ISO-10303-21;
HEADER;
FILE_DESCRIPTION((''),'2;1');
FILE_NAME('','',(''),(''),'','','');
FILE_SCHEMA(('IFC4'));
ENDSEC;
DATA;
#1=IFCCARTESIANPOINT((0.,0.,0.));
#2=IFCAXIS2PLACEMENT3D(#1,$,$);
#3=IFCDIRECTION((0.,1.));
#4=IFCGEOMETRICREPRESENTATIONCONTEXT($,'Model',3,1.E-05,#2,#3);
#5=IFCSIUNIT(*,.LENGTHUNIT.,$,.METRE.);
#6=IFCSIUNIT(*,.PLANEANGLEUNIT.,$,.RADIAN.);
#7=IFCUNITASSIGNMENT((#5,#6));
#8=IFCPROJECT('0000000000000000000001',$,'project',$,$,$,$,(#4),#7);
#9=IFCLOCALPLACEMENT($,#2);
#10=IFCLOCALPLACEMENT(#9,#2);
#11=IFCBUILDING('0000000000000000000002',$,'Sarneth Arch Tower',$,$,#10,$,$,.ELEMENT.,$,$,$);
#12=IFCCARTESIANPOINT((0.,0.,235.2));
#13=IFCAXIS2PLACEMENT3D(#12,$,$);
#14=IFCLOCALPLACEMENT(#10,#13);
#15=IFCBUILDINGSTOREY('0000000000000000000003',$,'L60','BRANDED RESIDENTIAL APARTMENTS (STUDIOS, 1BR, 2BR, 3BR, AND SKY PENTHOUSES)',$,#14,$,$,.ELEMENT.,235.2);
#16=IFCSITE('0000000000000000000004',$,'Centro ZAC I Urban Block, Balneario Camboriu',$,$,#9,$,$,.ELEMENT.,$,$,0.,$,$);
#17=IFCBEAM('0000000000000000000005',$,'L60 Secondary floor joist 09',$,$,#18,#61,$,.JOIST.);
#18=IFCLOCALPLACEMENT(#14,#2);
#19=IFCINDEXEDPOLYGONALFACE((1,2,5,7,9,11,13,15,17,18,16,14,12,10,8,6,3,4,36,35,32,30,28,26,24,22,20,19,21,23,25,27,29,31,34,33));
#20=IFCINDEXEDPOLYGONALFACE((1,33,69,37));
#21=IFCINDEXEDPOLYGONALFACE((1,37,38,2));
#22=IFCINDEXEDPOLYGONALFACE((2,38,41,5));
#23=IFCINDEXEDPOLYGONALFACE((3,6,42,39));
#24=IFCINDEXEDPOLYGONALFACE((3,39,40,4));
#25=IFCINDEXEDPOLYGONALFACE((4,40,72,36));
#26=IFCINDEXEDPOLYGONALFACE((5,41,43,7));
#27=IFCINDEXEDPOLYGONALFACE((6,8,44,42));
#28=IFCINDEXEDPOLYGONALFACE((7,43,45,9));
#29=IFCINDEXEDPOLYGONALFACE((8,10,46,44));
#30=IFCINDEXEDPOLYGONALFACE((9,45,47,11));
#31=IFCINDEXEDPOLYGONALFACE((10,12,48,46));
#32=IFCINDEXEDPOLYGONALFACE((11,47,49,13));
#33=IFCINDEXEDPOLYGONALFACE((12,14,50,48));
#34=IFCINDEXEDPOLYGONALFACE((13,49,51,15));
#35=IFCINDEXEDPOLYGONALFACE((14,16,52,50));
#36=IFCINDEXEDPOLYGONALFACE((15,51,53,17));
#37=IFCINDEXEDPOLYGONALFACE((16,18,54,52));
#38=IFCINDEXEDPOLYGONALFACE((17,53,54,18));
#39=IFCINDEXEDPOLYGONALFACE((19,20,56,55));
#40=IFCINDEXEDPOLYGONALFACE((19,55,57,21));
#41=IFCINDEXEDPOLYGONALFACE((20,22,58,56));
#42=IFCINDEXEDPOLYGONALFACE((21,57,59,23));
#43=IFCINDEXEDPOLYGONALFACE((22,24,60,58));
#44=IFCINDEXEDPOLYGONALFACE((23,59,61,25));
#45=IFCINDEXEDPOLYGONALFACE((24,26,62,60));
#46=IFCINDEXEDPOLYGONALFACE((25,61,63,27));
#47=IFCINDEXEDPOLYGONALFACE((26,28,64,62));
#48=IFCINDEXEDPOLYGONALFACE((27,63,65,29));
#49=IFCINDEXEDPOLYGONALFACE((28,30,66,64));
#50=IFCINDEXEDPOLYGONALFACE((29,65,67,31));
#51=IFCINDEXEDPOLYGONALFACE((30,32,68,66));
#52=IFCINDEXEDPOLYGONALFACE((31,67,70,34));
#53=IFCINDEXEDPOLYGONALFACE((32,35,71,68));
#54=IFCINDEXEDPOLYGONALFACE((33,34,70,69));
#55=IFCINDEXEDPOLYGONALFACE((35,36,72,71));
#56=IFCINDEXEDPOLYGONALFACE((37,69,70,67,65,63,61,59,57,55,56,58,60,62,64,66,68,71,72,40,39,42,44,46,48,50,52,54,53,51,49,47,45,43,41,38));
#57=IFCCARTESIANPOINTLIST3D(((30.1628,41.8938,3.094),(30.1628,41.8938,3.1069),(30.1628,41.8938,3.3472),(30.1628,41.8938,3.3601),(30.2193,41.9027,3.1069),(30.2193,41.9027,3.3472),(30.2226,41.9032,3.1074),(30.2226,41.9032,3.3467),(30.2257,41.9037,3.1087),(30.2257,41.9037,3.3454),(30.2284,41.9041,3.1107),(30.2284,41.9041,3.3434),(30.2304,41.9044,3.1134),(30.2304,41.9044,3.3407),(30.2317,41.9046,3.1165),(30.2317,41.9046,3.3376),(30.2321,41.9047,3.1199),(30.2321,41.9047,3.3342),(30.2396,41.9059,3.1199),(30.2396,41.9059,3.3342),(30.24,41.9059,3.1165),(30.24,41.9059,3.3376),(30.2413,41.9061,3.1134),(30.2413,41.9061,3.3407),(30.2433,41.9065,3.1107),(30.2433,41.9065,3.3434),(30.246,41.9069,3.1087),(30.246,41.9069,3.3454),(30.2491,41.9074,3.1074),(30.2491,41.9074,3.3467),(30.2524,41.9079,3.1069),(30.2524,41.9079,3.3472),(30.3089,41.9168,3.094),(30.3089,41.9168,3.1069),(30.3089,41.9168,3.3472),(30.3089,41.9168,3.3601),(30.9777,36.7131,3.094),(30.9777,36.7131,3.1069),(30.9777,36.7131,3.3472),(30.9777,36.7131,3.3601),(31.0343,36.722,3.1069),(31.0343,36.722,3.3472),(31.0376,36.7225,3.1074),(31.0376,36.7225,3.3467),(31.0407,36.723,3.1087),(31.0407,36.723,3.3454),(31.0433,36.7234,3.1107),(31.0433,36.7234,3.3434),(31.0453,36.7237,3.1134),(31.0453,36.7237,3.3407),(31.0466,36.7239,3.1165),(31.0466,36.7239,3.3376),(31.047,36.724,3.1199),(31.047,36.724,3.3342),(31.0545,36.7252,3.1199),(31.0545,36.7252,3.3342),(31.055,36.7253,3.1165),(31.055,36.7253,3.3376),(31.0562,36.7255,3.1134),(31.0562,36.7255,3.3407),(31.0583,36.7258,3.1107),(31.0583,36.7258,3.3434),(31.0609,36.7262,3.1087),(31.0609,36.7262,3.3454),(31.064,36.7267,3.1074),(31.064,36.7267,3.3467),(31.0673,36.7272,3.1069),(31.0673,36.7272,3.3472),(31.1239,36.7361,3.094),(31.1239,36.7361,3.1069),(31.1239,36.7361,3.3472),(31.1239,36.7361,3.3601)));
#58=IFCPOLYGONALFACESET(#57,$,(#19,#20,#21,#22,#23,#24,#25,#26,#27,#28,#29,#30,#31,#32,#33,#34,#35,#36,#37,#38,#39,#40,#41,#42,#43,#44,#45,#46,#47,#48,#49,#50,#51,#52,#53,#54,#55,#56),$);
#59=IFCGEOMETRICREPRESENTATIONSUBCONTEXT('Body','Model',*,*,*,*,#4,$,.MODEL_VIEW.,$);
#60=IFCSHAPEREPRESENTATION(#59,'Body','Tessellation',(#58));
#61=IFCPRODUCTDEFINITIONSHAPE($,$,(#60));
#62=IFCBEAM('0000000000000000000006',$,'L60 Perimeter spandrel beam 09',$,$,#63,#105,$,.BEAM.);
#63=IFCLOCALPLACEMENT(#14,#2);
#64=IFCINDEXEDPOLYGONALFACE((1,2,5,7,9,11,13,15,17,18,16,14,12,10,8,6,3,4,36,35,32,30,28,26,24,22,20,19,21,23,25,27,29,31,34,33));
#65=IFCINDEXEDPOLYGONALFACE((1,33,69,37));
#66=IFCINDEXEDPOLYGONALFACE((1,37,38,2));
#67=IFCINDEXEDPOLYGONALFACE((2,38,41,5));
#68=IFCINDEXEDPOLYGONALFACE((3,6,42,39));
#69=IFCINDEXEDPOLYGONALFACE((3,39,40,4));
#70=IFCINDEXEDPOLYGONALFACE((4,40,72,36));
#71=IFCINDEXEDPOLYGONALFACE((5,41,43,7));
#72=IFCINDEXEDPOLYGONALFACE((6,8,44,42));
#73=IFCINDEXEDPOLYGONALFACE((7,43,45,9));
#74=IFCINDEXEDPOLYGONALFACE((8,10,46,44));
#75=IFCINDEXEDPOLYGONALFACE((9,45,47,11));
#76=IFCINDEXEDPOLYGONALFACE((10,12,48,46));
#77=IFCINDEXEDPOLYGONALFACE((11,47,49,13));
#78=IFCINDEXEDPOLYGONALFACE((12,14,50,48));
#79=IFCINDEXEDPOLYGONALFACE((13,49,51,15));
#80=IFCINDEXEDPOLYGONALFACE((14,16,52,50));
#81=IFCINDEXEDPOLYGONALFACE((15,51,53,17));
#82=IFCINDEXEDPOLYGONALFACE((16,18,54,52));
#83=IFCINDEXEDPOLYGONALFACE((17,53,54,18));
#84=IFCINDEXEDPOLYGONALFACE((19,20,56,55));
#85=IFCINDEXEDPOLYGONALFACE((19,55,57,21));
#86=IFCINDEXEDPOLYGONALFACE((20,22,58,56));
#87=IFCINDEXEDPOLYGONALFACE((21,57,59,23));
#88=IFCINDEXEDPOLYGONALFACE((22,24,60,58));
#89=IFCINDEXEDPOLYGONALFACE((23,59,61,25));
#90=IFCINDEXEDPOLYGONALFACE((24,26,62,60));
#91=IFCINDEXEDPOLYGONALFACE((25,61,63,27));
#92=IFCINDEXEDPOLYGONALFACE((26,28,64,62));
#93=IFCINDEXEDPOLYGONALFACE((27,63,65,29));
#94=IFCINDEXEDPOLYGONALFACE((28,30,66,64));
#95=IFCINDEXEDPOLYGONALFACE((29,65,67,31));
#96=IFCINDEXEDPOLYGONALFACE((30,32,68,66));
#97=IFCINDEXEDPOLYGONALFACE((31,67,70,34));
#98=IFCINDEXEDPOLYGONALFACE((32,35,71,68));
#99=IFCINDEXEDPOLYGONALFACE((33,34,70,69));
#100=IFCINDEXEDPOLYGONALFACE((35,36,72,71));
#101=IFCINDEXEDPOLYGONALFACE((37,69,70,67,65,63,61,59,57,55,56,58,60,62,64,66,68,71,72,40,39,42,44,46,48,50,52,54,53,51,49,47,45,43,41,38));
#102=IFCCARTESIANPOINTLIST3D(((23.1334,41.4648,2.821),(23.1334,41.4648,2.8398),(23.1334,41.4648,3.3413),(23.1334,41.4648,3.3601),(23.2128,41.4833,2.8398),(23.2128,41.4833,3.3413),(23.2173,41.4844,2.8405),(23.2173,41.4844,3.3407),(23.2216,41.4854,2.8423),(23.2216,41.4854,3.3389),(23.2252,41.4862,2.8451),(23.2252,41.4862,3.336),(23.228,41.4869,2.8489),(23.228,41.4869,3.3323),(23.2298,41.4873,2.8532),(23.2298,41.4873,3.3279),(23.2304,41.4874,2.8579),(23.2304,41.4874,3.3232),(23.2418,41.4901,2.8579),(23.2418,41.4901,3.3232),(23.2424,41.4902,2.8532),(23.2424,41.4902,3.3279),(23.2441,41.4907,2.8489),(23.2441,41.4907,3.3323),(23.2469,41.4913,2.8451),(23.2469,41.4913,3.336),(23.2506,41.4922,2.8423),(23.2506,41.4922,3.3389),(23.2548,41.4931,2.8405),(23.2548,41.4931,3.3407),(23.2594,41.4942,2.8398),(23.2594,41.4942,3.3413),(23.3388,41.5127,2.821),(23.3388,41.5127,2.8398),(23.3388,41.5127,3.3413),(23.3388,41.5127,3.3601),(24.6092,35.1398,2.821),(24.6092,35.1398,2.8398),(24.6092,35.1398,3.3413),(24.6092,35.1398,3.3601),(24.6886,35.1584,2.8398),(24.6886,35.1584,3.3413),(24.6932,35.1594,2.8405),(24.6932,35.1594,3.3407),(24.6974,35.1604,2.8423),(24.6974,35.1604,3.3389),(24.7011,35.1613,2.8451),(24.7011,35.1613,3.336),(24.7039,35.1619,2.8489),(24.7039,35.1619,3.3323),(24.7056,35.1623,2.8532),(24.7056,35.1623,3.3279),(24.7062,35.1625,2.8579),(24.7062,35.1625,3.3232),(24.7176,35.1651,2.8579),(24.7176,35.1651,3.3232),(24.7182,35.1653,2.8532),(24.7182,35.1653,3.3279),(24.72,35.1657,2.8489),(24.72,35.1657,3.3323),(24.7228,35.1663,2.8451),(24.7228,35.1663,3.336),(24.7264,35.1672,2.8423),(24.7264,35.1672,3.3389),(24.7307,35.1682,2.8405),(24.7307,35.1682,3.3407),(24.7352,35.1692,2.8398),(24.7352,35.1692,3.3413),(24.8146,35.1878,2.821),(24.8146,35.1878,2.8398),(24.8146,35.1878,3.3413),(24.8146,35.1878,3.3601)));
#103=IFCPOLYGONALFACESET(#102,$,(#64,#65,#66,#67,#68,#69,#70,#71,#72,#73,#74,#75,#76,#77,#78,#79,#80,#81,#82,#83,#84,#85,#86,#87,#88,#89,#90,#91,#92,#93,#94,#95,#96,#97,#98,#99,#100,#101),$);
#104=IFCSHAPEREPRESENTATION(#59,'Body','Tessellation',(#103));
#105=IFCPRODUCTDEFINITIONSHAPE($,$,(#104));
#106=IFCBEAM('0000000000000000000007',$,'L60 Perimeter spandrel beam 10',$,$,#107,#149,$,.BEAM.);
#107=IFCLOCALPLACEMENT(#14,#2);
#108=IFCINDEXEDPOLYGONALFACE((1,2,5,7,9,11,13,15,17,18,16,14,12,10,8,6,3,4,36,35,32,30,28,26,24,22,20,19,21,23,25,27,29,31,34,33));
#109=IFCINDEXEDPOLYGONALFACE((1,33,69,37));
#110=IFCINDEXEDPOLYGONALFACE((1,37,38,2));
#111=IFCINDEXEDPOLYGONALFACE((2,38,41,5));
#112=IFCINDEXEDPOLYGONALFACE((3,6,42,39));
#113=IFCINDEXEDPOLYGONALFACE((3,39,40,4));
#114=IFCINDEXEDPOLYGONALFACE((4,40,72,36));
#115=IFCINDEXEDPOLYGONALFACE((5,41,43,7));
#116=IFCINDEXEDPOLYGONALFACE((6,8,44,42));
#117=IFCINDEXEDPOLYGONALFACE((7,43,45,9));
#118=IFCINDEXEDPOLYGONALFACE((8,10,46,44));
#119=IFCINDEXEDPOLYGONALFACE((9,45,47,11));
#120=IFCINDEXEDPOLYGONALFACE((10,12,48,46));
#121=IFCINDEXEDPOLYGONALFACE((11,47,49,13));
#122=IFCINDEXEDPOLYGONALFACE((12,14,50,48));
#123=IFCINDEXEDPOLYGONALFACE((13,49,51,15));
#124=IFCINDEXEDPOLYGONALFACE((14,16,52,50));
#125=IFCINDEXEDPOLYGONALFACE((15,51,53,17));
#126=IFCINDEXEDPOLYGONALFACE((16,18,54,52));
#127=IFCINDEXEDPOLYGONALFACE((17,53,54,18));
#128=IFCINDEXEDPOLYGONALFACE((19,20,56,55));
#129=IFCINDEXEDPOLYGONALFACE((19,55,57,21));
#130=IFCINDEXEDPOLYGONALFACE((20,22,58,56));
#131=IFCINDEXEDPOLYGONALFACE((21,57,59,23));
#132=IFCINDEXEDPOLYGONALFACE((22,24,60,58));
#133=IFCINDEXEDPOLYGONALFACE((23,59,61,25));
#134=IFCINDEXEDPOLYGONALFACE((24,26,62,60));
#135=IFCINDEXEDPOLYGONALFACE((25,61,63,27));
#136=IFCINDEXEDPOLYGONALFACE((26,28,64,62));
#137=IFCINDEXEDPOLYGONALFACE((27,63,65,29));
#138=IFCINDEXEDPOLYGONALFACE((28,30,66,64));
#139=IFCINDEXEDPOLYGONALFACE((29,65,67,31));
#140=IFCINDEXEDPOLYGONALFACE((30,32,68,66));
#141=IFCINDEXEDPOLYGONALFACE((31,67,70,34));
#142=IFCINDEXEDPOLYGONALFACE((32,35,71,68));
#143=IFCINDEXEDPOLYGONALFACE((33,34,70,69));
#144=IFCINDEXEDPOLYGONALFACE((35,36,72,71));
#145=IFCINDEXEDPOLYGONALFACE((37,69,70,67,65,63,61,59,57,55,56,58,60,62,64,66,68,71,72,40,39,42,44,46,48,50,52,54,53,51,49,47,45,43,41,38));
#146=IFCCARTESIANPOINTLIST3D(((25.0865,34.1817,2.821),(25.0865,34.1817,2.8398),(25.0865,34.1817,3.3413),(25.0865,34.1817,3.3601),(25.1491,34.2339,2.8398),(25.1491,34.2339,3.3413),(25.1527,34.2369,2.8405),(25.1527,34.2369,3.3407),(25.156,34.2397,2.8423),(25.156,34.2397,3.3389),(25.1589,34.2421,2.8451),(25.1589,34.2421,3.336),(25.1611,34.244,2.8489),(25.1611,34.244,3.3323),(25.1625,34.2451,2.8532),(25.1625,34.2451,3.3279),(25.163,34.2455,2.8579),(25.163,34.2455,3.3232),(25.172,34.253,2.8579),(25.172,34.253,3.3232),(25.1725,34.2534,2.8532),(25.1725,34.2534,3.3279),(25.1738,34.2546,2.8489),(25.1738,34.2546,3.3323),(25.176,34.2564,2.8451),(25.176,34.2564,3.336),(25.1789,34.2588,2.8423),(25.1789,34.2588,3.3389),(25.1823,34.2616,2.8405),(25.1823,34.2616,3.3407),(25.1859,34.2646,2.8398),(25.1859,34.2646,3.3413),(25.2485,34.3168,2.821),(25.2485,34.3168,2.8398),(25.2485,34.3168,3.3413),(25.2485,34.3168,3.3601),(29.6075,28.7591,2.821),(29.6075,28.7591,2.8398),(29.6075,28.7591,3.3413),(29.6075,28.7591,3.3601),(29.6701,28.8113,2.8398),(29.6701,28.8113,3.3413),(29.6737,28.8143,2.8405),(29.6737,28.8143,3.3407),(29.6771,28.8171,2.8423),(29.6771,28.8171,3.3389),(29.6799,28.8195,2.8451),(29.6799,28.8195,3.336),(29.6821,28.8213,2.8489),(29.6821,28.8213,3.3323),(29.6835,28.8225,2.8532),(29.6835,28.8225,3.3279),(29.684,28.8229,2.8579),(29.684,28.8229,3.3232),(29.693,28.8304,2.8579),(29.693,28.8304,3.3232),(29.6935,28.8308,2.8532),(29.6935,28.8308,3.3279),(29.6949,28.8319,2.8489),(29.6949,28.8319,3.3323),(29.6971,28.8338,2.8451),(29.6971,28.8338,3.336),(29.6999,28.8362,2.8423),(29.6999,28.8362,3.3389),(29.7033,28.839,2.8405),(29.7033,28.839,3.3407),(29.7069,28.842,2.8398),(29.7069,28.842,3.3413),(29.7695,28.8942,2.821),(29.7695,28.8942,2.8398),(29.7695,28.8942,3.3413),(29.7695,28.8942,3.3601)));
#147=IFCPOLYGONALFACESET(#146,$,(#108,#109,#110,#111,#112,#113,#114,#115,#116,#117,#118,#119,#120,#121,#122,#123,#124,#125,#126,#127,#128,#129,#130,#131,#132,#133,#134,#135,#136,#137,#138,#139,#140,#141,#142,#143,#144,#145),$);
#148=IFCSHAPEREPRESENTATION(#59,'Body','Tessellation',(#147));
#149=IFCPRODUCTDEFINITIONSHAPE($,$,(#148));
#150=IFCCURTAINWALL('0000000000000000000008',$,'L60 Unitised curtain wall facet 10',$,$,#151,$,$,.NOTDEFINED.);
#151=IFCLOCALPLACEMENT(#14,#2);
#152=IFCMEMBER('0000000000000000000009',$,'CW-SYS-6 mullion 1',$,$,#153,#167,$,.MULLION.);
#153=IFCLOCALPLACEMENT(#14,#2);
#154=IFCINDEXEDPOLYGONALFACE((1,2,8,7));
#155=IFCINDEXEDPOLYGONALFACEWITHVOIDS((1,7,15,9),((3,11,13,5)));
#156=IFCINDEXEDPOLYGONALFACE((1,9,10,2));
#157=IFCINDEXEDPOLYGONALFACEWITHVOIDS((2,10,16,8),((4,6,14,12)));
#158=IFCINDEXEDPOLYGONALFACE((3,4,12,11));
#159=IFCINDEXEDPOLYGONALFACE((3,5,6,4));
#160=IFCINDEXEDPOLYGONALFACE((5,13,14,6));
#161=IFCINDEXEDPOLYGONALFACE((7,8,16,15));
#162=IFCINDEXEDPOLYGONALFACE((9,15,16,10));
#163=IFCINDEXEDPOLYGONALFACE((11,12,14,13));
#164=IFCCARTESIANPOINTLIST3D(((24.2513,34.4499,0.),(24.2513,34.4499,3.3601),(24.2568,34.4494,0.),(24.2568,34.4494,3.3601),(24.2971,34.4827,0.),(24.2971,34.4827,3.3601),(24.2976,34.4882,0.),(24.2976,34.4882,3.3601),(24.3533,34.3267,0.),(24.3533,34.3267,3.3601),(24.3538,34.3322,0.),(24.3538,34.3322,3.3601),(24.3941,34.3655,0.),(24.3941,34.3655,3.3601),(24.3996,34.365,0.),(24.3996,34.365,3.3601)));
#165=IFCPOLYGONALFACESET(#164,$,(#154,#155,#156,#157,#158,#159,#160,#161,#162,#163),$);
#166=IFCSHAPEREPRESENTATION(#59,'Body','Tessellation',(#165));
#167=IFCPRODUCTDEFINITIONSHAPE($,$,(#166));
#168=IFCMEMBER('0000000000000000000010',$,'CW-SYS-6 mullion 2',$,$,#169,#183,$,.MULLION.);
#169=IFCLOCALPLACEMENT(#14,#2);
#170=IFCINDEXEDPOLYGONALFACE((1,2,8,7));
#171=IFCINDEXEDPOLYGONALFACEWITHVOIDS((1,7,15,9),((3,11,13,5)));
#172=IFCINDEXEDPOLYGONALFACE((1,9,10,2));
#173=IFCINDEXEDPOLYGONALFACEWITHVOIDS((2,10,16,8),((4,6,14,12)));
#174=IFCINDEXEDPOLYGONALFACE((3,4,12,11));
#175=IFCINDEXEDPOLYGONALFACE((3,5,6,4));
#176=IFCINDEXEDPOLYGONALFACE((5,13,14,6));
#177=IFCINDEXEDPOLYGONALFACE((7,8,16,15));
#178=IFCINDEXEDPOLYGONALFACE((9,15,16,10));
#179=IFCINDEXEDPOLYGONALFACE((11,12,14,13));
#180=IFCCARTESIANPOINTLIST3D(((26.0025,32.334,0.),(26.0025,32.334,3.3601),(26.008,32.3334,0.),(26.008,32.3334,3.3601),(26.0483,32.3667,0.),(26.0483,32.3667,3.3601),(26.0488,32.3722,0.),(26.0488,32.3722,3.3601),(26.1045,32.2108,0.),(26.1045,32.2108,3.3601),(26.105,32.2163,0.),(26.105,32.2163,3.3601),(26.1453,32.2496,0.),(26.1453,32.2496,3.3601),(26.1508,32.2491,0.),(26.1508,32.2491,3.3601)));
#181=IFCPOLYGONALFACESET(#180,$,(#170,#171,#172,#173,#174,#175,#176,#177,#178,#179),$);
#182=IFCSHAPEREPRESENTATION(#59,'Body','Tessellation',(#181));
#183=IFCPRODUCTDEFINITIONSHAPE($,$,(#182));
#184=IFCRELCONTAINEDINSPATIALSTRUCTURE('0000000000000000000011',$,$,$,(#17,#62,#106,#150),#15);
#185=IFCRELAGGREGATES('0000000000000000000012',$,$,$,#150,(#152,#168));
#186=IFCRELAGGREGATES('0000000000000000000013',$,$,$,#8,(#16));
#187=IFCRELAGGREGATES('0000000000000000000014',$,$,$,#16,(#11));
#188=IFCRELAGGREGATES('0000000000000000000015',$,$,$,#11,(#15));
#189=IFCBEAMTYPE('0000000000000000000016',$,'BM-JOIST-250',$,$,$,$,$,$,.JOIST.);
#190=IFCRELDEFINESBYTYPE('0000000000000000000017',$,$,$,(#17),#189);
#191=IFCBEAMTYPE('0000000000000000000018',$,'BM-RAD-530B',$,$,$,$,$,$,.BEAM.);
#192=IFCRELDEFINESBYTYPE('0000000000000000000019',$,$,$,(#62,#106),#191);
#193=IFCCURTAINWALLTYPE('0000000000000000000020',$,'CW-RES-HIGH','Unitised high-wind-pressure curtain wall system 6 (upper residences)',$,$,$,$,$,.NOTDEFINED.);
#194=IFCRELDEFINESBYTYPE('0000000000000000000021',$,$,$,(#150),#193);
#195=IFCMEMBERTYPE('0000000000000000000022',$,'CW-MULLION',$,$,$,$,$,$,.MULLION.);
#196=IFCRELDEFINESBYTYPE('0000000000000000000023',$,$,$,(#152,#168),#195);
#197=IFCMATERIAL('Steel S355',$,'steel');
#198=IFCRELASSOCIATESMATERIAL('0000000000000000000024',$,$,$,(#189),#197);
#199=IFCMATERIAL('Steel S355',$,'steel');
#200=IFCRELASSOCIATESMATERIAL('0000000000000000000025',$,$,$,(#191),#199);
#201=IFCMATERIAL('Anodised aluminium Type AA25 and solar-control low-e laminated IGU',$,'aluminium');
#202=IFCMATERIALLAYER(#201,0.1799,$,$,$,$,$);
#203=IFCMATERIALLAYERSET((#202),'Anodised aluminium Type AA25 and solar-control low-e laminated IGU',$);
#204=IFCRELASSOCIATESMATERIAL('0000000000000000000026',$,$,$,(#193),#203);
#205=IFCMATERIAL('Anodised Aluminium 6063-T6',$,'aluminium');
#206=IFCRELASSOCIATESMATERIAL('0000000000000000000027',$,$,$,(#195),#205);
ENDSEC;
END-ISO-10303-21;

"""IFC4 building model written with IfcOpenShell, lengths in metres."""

from ifc_helpers import new_model, si_unit, direction, frame, origin, origin_2d, place, context, subcontext, project, spatial, hollow_rectangle, i_section, extrude, material, layer, layer_set, material_profile, profile_set, type_object, element, aggregate, save


model = new_model("IFC4")

# Units and contexts
model_context = context("Model", 3, precision=1e-05, world=origin(), true_north=direction((0.0, 1.0)))
body_context = subcontext(model_context, "Body", "Model", "MODEL_VIEW")
ifc_project = project(units=[si_unit("LENGTHUNIT", "METRE"), si_unit("PLANEANGLEUNIT", "RADIAN")], contexts=[model_context])

# Site, building, storey
site_placement = place(None, origin())
site = spatial("IfcSite", under=ifc_project, at=site_placement, Name="Centro ZAC I Urban Block, Balneario Camboriu", CompositionType="ELEMENT", RefElevation=0.0)
building_placement = place(site_placement, origin())
building = spatial("IfcBuilding", under=site, at=building_placement, Name="Sarneth Arch Tower", CompositionType="ELEMENT")
storey_placement = place(building_placement, frame((0.0, 0.0, 235.2)))
storey = spatial("IfcBuildingStorey", under=building, at=storey_placement, Name="L60", Description="BRANDED RESIDENTIAL APARTMENTS (STUDIOS, 1BR, 2BR, 3BR, AND SKY PENTHOUSES)", CompositionType="ELEMENT", Elevation=235.2)

# Beams
ifc_material_1 = material(Name="Steel S355", Category="steel")
ifc_material_profile_1 = material_profile(ifc_material_1, i_section(OverallWidth=0.1479, OverallDepth=0.2661, WebThickness=0.0076, FlangeThickness=0.0129, FilletRadius=0.0129, at=origin_2d()), Name="W250x44.8")
ifc_profile_set_1 = profile_set([ifc_material_profile_1], Name="Steel S355")
beam_type_1 = type_object("IfcBeamType", Name="BM-JOIST-250", PredefinedType="JOIST", material=ifc_profile_set_1)
beam_1_placement = place(storey_placement, frame((30.2358, 41.9053, 3.2271), z_axis=(0.155394, -0.987853, 0.0), x_axis=(0.987853, 0.155394, 0.0)))
element("IfcBeam", 1, at=beam_1_placement, inside=storey, type_object=beam_type_1, Name="L60 Secondary floor joist 09", PredefinedType="JOIST", context=body_context, shape_type="SweptSolid", body=[
    extrude(i_section(OverallWidth=0.1479, OverallDepth=0.2661, WebThickness=0.0076, FlangeThickness=0.0129, FilletRadius=0.0129, at=origin_2d()), origin(), (0.0, 0.0, 1.0), 5.2444),
])
ifc_material_2 = material(Name="Steel S355", Category="steel")
ifc_material_profile_2 = material_profile(ifc_material_2, i_section(OverallWidth=0.2109, OverallDepth=0.5391, WebThickness=0.0117, FlangeThickness=0.0188, FilletRadius=0.0181, at=origin_2d()), Name="W530x109")
ifc_profile_set_2 = profile_set([ifc_material_profile_2], Name="Steel S355")
beam_type_2 = type_object("IfcBeamType", Name="BM-RAD-530B", PredefinedType="BEAM", material=ifc_profile_set_2)
beam_2_placement = place(storey_placement, frame((23.2361, 41.4888, 3.0906), z_axis=(0.227231, -0.973841, 0.0), x_axis=(0.973841, 0.227231, 0.0)))
element("IfcBeam", 2, at=beam_2_placement, inside=storey, type_object=beam_type_2, Name="L60 Perimeter spandrel beam 09", PredefinedType="BEAM", context=body_context, shape_type="SweptSolid", body=[
    extrude(i_section(OverallWidth=0.2109, OverallDepth=0.5391, WebThickness=0.0117, FlangeThickness=0.0188, FilletRadius=0.0181, at=origin_2d()), origin(), (0.0, 0.0, 1.0), 6.4949),
])
beam_3_placement = place(storey_placement, frame((25.1675, 34.2493, 3.0906), z_axis=(0.640365, -0.768071, 0.0), x_axis=(0.768071, 0.640365, 0.0)))
element("IfcBeam", 3, at=beam_3_placement, inside=storey, type_object=beam_type_2, Name="L60 Perimeter spandrel beam 10", PredefinedType="BEAM", context=body_context, shape_type="SweptSolid", body=[
    extrude(i_section(OverallWidth=0.2109, OverallDepth=0.5391, WebThickness=0.0117, FlangeThickness=0.0188, FilletRadius=0.0181, at=origin_2d()), origin(), (0.0, 0.0, 1.0), 7.0601),
])

# Curtain wall, members
ifc_material_3 = material(Name="Anodised aluminium Type AA25 and solar-control low-e laminated IGU", Category="aluminium")
ifc_layer_1 = layer(ifc_material_3, 0.1799)
ifc_layer_set_1 = layer_set([ifc_layer_1], Name="Anodised aluminium Type AA25 and solar-control low-e laminated IGU")
curtain_wall_type = type_object("IfcCurtainWallType", Name="CW-RES-HIGH", Description="Unitised high-wind-pressure curtain wall system 6 (upper residences)", PredefinedType="NOTDEFINED", material=ifc_layer_set_1)
curtain_wall_placement = place(storey_placement, origin())
curtain_wall = element("IfcCurtainWall", 4, at=curtain_wall_placement, inside=storey, type_object=curtain_wall_type, Name="L60 Unitised curtain wall facet 10", PredefinedType="NOTDEFINED")
ifc_material_4 = material(Name="Anodised Aluminium 6063-T6", Category="aluminium")
ifc_material_profile_3 = material_profile(ifc_material_4, hollow_rectangle(XDim=0.0601, YDim=0.1599, WallThickness=0.0039, at=origin_2d()), Name="AL-MULL-160x60x4")
ifc_profile_set_3 = profile_set([ifc_material_profile_3], Name="Anodised Aluminium 6063-T6")
member_type_1 = type_object("IfcMemberType", Name="CW-MULLION", PredefinedType="MULLION", material=ifc_profile_set_3)
member_1_placement = place(storey_placement, frame((24.3254, 34.4075, 0.0), z_axis=(0.0, 0.0, 1.0), x_axis=(0.770359, 0.63761, 0.0)))
member_1 = element("IfcMember", 5, at=member_1_placement, type_object=member_type_1, Name="CW-SYS-6 mullion 1", PredefinedType="MULLION", context=body_context, shape_type="SweptSolid", body=[
    extrude(hollow_rectangle(XDim=0.0601, YDim=0.1599, WallThickness=0.0039, at=origin_2d()), origin(), (0.0, 0.0, 1.0), 3.3601),
])
member_2_placement = place(storey_placement, frame((26.0767, 32.2915, 0.0), z_axis=(0.0, 0.0, 1.0), x_axis=(0.770359, 0.63761, 0.0)))
member_2 = element("IfcMember", 6, at=member_2_placement, type_object=member_type_1, Name="CW-SYS-6 mullion 2", PredefinedType="MULLION", context=body_context, shape_type="SweptSolid", body=[
    extrude(hollow_rectangle(XDim=0.0601, YDim=0.1599, WallThickness=0.0039, at=origin_2d()), origin(), (0.0, 0.0, 1.0), 3.3601),
])

aggregate(curtain_wall, [member_1, member_2])

save(model, "model.ifc")
